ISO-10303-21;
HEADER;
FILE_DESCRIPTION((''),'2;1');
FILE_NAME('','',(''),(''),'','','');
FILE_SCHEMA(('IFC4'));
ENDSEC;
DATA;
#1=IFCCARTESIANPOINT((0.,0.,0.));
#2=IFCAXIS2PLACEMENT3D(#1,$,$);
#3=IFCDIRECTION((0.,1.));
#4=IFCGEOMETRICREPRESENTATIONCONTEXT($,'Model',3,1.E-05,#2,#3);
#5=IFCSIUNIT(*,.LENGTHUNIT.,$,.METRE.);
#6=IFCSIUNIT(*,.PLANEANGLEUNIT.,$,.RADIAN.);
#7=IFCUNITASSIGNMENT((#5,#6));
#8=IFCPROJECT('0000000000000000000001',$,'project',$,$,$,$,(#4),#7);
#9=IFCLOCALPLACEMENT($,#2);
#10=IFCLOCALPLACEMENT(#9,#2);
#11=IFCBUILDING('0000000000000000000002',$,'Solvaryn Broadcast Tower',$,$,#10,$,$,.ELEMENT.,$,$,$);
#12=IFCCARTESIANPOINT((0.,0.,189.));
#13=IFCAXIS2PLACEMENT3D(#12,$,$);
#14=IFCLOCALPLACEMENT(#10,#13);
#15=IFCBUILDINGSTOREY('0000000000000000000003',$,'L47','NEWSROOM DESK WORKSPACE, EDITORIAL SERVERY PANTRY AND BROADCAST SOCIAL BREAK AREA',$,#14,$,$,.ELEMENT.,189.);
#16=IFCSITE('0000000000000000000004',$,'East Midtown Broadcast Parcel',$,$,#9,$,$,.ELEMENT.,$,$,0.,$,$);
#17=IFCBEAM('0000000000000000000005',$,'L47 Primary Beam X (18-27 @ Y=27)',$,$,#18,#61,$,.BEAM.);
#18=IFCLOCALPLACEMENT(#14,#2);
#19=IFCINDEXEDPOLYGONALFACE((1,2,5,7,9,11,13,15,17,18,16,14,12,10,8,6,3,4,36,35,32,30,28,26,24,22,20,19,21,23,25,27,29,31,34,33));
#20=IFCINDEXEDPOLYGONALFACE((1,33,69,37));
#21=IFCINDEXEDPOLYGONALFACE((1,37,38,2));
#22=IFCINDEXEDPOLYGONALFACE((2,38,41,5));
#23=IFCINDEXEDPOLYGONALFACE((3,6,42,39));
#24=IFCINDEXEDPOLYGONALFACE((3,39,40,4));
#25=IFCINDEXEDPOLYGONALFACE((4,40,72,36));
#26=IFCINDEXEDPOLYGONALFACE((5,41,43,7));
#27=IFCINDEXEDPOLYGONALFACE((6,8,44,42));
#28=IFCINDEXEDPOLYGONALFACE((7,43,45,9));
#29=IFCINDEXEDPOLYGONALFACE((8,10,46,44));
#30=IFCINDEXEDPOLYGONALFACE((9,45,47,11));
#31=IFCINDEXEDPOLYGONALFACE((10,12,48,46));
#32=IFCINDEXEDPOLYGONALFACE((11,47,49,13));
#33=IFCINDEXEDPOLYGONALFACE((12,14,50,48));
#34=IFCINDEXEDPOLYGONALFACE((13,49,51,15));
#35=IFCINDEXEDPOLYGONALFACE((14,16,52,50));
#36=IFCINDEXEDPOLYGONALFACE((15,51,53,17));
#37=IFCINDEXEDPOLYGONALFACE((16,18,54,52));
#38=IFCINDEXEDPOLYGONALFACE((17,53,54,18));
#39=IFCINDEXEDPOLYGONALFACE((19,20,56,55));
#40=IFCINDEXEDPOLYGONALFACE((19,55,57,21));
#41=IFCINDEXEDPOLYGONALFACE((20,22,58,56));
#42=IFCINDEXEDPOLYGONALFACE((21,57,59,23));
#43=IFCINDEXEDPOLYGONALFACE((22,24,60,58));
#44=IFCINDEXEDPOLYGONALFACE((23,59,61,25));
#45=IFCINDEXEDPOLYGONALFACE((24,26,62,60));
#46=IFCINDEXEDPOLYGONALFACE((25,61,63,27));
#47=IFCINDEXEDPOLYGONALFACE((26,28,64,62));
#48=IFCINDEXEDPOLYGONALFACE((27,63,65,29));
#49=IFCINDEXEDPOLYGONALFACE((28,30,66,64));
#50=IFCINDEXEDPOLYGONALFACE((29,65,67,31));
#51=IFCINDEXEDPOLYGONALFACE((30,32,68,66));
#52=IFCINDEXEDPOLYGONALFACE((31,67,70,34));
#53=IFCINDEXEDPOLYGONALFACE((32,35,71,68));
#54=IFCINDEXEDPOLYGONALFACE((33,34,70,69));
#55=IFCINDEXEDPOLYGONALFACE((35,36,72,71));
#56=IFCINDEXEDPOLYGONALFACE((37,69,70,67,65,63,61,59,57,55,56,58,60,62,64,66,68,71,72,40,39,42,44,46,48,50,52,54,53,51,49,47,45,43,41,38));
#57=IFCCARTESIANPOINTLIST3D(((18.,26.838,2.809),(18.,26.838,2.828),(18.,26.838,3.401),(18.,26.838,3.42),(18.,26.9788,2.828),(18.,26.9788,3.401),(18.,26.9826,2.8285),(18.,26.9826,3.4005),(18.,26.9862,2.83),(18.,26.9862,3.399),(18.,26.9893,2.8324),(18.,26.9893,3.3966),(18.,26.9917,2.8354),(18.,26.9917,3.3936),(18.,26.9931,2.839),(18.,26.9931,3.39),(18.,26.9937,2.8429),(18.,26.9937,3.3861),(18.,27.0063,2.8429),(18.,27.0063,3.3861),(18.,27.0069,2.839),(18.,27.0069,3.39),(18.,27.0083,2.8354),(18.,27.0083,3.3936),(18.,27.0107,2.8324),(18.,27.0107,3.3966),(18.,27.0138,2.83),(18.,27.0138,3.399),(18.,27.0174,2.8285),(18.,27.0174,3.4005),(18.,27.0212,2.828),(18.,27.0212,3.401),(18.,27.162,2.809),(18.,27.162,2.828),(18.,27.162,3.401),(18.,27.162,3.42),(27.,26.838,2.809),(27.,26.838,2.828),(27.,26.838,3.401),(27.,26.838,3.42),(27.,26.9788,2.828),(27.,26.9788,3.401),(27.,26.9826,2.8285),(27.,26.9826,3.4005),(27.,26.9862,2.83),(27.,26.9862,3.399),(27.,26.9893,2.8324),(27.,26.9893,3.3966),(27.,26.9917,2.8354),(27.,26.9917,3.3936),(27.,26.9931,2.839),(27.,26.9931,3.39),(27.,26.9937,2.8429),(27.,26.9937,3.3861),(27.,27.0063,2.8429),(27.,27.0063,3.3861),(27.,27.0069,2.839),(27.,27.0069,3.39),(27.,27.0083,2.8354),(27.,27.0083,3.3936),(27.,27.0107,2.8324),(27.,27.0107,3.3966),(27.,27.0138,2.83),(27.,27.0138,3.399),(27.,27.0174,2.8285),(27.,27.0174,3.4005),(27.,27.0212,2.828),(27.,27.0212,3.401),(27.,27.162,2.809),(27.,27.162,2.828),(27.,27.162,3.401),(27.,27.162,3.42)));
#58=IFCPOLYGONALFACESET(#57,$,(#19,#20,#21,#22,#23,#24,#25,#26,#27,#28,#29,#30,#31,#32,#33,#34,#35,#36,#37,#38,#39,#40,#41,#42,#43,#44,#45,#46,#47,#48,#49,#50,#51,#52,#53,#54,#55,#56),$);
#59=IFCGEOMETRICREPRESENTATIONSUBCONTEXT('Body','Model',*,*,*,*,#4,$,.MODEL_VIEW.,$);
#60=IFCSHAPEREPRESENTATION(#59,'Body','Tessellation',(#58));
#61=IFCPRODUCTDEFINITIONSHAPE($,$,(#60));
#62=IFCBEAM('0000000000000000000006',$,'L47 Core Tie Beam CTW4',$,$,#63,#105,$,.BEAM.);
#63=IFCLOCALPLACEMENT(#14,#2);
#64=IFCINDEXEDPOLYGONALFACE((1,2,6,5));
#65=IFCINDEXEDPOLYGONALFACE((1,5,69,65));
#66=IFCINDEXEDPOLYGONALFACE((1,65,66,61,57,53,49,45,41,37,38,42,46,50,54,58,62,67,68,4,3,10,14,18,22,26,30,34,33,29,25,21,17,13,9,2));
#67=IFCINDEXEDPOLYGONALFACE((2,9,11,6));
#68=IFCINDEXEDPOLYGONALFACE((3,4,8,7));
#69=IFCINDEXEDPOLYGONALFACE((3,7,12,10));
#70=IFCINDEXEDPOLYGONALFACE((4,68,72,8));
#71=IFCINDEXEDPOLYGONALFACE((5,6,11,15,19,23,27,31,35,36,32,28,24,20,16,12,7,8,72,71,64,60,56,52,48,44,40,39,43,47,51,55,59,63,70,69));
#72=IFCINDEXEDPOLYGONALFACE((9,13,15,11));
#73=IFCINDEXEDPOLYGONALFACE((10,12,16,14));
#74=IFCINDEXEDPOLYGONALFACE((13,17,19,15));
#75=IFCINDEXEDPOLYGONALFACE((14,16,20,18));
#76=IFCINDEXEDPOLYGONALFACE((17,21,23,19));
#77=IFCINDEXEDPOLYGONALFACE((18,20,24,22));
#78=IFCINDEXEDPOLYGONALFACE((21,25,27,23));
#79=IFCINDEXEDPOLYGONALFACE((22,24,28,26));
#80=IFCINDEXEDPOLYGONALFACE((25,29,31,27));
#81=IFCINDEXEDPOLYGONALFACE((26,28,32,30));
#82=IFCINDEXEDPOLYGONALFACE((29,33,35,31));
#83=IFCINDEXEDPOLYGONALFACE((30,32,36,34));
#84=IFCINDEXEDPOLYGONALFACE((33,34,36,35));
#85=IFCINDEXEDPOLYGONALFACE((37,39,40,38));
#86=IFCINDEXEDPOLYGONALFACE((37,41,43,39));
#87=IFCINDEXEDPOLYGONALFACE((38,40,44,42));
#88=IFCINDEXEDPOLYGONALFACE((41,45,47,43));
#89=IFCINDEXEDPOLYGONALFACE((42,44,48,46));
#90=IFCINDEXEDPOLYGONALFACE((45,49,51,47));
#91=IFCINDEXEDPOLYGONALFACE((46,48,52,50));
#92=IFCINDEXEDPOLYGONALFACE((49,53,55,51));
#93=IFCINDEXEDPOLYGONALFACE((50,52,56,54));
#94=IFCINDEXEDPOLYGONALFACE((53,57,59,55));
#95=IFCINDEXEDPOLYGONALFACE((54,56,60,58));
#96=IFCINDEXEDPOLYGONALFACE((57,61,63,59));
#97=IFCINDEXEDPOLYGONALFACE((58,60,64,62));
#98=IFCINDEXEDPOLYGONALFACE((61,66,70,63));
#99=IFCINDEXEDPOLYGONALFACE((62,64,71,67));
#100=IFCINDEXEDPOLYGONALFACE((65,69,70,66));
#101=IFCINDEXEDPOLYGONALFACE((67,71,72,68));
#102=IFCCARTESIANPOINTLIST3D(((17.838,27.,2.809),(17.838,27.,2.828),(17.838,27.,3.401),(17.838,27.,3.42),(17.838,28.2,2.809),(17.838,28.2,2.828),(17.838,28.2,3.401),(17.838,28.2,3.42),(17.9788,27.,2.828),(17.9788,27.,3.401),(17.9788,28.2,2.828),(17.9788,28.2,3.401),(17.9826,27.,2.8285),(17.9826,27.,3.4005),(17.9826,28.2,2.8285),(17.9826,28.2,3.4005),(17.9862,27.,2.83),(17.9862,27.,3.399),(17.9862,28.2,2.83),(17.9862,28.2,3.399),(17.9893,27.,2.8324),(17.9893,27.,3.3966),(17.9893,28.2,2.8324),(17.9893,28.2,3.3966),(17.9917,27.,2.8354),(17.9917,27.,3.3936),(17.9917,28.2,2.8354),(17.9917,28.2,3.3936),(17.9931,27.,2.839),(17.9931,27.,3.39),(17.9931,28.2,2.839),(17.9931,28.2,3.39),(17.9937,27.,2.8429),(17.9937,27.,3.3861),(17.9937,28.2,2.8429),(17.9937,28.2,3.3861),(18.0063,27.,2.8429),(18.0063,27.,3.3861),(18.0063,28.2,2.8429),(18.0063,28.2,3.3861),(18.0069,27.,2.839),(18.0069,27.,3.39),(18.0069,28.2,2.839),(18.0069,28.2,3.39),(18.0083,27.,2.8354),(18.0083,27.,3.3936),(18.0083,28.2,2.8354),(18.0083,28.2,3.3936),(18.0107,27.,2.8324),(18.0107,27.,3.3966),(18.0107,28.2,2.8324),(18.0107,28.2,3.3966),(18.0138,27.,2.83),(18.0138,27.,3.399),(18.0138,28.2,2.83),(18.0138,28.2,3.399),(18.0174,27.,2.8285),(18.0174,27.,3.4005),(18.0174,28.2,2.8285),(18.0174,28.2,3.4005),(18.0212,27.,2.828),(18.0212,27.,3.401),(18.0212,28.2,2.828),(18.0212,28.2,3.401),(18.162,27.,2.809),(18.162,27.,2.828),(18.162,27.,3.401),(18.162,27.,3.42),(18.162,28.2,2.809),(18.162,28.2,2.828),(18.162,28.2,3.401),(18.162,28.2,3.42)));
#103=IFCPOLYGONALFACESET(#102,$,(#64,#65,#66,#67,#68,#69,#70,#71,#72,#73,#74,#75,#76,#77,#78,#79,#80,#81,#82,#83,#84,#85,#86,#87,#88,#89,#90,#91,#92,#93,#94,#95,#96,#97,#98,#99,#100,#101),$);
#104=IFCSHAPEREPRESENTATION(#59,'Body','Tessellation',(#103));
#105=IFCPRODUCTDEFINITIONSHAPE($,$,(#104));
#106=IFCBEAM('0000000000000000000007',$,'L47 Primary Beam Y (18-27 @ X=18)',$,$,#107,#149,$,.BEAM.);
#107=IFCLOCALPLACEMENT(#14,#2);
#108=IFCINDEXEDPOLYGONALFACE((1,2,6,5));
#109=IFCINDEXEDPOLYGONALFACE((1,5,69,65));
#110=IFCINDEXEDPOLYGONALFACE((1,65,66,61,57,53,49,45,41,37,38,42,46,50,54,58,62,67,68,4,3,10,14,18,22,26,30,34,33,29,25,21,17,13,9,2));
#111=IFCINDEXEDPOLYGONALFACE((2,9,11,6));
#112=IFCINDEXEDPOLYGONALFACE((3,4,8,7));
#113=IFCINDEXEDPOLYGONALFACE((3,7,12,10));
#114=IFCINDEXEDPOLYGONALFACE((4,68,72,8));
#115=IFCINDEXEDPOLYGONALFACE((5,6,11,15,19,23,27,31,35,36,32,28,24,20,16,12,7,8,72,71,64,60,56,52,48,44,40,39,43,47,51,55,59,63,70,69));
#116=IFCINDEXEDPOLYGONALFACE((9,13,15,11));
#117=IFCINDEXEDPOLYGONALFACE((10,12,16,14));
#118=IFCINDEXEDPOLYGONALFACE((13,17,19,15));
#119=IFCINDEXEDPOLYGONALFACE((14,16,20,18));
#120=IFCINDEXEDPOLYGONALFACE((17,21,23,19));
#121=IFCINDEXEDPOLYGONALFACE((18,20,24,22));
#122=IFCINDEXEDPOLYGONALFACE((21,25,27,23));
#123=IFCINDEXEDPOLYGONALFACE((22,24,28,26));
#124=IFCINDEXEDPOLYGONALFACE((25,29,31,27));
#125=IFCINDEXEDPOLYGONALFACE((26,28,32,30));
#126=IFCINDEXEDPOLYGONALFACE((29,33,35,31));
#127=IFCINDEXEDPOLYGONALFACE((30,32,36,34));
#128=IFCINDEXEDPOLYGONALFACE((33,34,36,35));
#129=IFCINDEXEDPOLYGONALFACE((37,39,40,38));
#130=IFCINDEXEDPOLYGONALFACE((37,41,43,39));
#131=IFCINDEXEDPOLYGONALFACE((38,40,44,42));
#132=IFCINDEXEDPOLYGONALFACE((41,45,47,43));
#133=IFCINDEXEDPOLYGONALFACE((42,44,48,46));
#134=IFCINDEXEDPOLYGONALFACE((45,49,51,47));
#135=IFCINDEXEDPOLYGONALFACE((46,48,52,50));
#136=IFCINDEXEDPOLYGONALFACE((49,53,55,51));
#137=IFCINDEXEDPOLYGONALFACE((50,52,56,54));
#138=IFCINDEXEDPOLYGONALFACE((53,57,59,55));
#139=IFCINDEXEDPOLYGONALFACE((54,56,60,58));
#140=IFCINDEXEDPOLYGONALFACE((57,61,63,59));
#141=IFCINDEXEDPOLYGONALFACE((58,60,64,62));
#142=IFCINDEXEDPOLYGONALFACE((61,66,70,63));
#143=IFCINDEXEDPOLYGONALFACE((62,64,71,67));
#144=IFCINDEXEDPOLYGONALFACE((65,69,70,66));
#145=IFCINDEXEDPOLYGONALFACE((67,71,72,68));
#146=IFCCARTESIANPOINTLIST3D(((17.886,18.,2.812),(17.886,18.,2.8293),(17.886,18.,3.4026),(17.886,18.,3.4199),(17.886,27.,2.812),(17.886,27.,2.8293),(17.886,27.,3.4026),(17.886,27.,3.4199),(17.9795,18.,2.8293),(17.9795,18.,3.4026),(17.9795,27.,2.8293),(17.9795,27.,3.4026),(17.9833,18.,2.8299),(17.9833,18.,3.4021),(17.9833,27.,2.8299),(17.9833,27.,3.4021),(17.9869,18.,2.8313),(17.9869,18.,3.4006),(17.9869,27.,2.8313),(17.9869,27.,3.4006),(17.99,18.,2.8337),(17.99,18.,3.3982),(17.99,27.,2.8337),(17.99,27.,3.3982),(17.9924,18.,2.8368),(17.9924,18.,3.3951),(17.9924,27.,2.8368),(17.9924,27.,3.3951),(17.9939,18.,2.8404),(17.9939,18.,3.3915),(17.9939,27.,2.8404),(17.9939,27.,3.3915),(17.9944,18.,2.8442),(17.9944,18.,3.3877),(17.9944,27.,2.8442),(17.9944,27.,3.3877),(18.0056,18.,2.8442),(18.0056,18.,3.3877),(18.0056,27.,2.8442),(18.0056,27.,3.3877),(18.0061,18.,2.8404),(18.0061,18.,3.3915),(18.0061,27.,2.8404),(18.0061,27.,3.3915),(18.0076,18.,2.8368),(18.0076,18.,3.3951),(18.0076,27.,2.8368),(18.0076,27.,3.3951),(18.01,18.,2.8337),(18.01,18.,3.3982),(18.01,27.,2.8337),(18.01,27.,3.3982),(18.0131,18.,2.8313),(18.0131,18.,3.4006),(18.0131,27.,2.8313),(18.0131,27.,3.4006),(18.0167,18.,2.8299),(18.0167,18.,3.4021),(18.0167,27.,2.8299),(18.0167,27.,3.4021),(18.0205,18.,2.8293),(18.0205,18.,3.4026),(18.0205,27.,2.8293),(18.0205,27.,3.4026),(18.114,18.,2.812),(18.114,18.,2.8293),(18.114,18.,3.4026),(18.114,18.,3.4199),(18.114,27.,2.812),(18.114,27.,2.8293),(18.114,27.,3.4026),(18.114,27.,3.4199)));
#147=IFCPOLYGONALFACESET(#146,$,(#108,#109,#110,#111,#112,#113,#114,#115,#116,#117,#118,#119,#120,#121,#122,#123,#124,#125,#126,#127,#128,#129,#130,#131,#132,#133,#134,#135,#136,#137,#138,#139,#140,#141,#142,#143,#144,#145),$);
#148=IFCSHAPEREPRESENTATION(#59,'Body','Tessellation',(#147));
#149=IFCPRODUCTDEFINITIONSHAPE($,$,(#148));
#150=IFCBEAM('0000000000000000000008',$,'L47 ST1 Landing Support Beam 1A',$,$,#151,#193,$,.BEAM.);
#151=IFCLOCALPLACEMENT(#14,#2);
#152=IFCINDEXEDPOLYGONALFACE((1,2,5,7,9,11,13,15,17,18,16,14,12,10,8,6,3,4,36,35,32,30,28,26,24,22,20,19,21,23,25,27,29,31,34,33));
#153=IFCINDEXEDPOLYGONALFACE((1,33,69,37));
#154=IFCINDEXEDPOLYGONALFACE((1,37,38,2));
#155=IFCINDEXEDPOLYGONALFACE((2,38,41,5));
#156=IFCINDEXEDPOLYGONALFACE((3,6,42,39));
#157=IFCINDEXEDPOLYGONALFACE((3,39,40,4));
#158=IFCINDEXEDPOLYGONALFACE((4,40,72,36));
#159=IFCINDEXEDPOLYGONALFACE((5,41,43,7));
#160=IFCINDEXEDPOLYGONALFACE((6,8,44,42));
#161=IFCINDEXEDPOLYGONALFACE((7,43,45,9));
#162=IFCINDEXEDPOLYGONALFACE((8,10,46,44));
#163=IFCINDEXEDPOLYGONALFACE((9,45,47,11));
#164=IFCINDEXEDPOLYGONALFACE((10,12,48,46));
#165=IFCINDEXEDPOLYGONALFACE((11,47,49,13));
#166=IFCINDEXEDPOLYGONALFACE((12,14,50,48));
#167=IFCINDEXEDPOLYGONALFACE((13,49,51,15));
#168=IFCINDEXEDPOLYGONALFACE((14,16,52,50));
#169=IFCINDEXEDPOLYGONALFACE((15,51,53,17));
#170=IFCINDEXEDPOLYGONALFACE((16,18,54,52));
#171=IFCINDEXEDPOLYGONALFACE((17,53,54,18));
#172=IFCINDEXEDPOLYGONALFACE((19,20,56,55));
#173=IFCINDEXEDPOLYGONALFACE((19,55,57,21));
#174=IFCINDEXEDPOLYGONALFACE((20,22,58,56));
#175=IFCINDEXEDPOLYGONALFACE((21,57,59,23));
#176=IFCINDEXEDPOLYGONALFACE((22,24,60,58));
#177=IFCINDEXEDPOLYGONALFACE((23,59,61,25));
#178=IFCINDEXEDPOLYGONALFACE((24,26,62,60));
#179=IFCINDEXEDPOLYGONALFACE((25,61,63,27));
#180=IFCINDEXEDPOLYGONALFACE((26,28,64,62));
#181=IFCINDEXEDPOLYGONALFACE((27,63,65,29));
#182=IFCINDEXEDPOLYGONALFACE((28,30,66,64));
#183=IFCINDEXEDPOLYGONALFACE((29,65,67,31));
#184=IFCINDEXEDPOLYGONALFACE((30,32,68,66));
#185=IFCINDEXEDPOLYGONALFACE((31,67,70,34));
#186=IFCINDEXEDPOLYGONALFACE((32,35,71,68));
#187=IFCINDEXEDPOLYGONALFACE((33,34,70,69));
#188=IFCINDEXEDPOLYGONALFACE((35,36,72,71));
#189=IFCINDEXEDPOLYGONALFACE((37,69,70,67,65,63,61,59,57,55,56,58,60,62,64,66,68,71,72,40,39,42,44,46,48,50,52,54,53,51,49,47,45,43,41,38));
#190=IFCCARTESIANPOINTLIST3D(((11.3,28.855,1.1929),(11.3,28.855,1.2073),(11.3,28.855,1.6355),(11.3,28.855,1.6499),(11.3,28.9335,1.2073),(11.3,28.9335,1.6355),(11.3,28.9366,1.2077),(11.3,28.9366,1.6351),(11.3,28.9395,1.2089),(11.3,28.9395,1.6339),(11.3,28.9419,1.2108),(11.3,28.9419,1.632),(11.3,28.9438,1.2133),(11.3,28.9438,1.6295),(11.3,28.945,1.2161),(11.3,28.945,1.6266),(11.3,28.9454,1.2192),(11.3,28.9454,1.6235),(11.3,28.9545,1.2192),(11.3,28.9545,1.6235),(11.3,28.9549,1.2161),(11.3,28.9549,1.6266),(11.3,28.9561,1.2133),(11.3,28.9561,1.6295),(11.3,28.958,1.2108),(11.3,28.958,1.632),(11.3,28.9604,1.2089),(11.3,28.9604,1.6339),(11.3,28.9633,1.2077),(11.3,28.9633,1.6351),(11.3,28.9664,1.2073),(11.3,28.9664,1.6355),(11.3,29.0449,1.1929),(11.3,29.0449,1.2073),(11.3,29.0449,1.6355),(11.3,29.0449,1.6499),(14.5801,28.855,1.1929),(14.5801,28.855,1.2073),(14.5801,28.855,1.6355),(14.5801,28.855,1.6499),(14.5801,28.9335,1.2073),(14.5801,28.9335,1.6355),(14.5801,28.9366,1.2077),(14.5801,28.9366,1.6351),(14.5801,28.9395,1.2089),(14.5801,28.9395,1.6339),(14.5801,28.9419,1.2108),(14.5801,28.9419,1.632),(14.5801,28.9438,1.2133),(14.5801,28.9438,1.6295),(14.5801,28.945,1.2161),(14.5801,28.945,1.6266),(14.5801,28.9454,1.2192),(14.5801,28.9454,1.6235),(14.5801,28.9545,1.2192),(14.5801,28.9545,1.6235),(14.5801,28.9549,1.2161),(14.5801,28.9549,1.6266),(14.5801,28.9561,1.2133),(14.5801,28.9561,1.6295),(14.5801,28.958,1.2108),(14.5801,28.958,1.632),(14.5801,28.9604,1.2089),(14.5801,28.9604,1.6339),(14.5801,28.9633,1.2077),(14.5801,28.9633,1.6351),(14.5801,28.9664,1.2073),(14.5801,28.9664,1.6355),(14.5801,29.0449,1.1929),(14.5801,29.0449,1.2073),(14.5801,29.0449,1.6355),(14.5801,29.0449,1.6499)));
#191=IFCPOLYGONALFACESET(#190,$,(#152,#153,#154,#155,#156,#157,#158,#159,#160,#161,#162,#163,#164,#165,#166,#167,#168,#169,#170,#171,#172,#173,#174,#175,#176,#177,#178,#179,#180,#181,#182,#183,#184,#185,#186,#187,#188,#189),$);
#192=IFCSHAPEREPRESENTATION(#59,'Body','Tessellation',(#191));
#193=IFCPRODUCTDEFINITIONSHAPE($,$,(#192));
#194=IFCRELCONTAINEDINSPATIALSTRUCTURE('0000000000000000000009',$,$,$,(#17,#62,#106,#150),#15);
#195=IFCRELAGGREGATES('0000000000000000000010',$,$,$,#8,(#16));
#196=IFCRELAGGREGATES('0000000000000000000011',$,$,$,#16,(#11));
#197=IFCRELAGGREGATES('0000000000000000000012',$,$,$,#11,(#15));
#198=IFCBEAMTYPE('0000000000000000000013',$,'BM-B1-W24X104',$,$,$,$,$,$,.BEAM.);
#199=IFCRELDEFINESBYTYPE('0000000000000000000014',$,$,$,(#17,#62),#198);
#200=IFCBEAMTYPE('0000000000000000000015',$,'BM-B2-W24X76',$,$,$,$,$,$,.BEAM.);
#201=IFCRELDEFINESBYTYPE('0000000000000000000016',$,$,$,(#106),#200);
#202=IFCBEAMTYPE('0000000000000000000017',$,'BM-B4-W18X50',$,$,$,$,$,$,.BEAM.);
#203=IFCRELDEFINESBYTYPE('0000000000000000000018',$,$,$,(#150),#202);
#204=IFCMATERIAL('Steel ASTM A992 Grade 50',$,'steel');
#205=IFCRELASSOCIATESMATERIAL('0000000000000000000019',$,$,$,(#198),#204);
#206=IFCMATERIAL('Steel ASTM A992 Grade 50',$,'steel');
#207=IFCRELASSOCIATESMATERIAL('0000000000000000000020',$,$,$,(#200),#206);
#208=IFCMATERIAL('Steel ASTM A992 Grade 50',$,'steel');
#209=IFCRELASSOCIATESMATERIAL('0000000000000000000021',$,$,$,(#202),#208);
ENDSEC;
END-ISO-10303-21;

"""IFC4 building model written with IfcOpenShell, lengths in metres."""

from ifc_helpers import new_model, si_unit, direction, frame, origin, origin_2d, place, context, subcontext, project, spatial, i_section, extrude, material, material_profile, profile_set, type_object, element, save


model = new_model("IFC4")

# Units and contexts
model_context = context("Model", 3, precision=1e-05, world=origin(), true_north=direction((0.0, 1.0)))
body_context = subcontext(model_context, "Body", "Model", "MODEL_VIEW")
ifc_project = project(units=[si_unit("LENGTHUNIT", "METRE"), si_unit("PLANEANGLEUNIT", "RADIAN")], contexts=[model_context])

# Site, building, storey
site_placement = place(None, origin())
site = spatial("IfcSite", under=ifc_project, at=site_placement, Name="East Midtown Broadcast Parcel", CompositionType="ELEMENT", RefElevation=0.0)
building_placement = place(site_placement, origin())
building = spatial("IfcBuilding", under=site, at=building_placement, Name="Solvaryn Broadcast Tower", CompositionType="ELEMENT")
storey_placement = place(building_placement, frame((0.0, 0.0, 189.0)))
storey = spatial("IfcBuildingStorey", under=building, at=storey_placement, Name="L47", Description="NEWSROOM DESK WORKSPACE, EDITORIAL SERVERY PANTRY AND BROADCAST SOCIAL BREAK AREA", CompositionType="ELEMENT", Elevation=189.0)

# Beams
ifc_material_1 = material(Name="Steel ASTM A992 Grade 50", Category="steel")
ifc_material_profile_1 = material_profile(ifc_material_1, i_section(OverallWidth=0.324, OverallDepth=0.6111, WebThickness=0.0127, FlangeThickness=0.019, FilletRadius=0.0149, at=origin_2d()))
ifc_profile_set_1 = profile_set([ifc_material_profile_1], Name="Steel ASTM A992 Grade 50")
beam_type_1 = type_object("IfcBeamType", Name="BM-B1-W24X104", PredefinedType="BEAM", material=ifc_profile_set_1)
for number, where, z_axis, x_axis, name in (
    (1, (18.0, 27.0, 3.1145), (1.0, 0.0, 0.0), (0.0, 1.0, 0.0), "L47 Primary Beam X (18-27 @ Y=27)"),
):
    element("IfcBeam", number, at=place(storey_placement, frame(where, z_axis=z_axis, x_axis=x_axis)), inside=storey, type_object=beam_type_1, Name=name, PredefinedType="BEAM", context=body_context, shape_type="SweptSolid", body=[
        extrude(i_section(OverallWidth=0.324, OverallDepth=0.6111, WebThickness=0.0127, FlangeThickness=0.019, FilletRadius=0.0149, at=origin_2d()), origin(), (0.0, 0.0, 1.0), 9.0),
    ])
beam_1_placement = place(storey_placement, frame((18.0, 27.0, 3.1145), z_axis=(0.0, 1.0, 0.0), x_axis=(-1.0, 0.0, 0.0)))
element("IfcBeam", 2, at=beam_1_placement, inside=storey, type_object=beam_type_1, Name="L47 Core Tie Beam CTW4", PredefinedType="BEAM", context=body_context, shape_type="SweptSolid", body=[
    extrude(i_section(OverallWidth=0.324, OverallDepth=0.6111, WebThickness=0.0127, FlangeThickness=0.019, FilletRadius=0.0149, at=origin_2d()), origin(), (0.0, 0.0, 1.0), 1.2),
])
ifc_material_2 = material(Name="Steel ASTM A992 Grade 50", Category="steel")
ifc_material_profile_2 = material_profile(ifc_material_2, i_section(OverallWidth=0.228, OverallDepth=0.6079, WebThickness=0.0112, FlangeThickness=0.0173, FilletRadius=0.0149, at=origin_2d()))
ifc_profile_set_2 = profile_set([ifc_material_profile_2], Name="Steel ASTM A992 Grade 50")
beam_type_2 = type_object("IfcBeamType", Name="BM-B2-W24X76", PredefinedType="BEAM", material=ifc_profile_set_2)
beam_2_placement = place(storey_placement, frame((18.0, 18.0, 3.116), z_axis=(0.0, 1.0, 0.0), x_axis=(-1.0, 0.0, 0.0)))
element("IfcBeam", 3, at=beam_2_placement, inside=storey, type_object=beam_type_2, Name="L47 Primary Beam Y (18-27 @ X=18)", PredefinedType="BEAM", context=body_context, shape_type="SweptSolid", body=[
    extrude(i_section(OverallWidth=0.228, OverallDepth=0.6079, WebThickness=0.0112, FlangeThickness=0.0173, FilletRadius=0.0149, at=origin_2d()), origin(), (0.0, 0.0, 1.0), 9.0),
])
ifc_material_3 = material(Name="Steel ASTM A992 Grade 50", Category="steel")
ifc_material_profile_3 = material_profile(ifc_material_3, i_section(OverallWidth=0.1899, OverallDepth=0.457, WebThickness=0.009, FlangeThickness=0.0144, FilletRadius=0.012, at=origin_2d()))
ifc_profile_set_3 = profile_set([ifc_material_profile_3], Name="Steel ASTM A992 Grade 50")
beam_type_3 = type_object("IfcBeamType", Name="BM-B4-W18X50", PredefinedType="BEAM", material=ifc_profile_set_3)
beam_3_placement = place(storey_placement, frame((11.3, 28.95, 1.4214), z_axis=(1.0, 0.0, 0.0), x_axis=(0.0, 1.0, 0.0)))
element("IfcBeam", 4, at=beam_3_placement, inside=storey, type_object=beam_type_3, Name="L47 ST1 Landing Support Beam 1A", PredefinedType="BEAM", context=body_context, shape_type="SweptSolid", body=[
    extrude(i_section(OverallWidth=0.1899, OverallDepth=0.457, WebThickness=0.009, FlangeThickness=0.0144, FilletRadius=0.012, at=origin_2d()), origin(), (0.0, 0.0, 1.0), 3.28),
])

save(model, "model.ifc")
